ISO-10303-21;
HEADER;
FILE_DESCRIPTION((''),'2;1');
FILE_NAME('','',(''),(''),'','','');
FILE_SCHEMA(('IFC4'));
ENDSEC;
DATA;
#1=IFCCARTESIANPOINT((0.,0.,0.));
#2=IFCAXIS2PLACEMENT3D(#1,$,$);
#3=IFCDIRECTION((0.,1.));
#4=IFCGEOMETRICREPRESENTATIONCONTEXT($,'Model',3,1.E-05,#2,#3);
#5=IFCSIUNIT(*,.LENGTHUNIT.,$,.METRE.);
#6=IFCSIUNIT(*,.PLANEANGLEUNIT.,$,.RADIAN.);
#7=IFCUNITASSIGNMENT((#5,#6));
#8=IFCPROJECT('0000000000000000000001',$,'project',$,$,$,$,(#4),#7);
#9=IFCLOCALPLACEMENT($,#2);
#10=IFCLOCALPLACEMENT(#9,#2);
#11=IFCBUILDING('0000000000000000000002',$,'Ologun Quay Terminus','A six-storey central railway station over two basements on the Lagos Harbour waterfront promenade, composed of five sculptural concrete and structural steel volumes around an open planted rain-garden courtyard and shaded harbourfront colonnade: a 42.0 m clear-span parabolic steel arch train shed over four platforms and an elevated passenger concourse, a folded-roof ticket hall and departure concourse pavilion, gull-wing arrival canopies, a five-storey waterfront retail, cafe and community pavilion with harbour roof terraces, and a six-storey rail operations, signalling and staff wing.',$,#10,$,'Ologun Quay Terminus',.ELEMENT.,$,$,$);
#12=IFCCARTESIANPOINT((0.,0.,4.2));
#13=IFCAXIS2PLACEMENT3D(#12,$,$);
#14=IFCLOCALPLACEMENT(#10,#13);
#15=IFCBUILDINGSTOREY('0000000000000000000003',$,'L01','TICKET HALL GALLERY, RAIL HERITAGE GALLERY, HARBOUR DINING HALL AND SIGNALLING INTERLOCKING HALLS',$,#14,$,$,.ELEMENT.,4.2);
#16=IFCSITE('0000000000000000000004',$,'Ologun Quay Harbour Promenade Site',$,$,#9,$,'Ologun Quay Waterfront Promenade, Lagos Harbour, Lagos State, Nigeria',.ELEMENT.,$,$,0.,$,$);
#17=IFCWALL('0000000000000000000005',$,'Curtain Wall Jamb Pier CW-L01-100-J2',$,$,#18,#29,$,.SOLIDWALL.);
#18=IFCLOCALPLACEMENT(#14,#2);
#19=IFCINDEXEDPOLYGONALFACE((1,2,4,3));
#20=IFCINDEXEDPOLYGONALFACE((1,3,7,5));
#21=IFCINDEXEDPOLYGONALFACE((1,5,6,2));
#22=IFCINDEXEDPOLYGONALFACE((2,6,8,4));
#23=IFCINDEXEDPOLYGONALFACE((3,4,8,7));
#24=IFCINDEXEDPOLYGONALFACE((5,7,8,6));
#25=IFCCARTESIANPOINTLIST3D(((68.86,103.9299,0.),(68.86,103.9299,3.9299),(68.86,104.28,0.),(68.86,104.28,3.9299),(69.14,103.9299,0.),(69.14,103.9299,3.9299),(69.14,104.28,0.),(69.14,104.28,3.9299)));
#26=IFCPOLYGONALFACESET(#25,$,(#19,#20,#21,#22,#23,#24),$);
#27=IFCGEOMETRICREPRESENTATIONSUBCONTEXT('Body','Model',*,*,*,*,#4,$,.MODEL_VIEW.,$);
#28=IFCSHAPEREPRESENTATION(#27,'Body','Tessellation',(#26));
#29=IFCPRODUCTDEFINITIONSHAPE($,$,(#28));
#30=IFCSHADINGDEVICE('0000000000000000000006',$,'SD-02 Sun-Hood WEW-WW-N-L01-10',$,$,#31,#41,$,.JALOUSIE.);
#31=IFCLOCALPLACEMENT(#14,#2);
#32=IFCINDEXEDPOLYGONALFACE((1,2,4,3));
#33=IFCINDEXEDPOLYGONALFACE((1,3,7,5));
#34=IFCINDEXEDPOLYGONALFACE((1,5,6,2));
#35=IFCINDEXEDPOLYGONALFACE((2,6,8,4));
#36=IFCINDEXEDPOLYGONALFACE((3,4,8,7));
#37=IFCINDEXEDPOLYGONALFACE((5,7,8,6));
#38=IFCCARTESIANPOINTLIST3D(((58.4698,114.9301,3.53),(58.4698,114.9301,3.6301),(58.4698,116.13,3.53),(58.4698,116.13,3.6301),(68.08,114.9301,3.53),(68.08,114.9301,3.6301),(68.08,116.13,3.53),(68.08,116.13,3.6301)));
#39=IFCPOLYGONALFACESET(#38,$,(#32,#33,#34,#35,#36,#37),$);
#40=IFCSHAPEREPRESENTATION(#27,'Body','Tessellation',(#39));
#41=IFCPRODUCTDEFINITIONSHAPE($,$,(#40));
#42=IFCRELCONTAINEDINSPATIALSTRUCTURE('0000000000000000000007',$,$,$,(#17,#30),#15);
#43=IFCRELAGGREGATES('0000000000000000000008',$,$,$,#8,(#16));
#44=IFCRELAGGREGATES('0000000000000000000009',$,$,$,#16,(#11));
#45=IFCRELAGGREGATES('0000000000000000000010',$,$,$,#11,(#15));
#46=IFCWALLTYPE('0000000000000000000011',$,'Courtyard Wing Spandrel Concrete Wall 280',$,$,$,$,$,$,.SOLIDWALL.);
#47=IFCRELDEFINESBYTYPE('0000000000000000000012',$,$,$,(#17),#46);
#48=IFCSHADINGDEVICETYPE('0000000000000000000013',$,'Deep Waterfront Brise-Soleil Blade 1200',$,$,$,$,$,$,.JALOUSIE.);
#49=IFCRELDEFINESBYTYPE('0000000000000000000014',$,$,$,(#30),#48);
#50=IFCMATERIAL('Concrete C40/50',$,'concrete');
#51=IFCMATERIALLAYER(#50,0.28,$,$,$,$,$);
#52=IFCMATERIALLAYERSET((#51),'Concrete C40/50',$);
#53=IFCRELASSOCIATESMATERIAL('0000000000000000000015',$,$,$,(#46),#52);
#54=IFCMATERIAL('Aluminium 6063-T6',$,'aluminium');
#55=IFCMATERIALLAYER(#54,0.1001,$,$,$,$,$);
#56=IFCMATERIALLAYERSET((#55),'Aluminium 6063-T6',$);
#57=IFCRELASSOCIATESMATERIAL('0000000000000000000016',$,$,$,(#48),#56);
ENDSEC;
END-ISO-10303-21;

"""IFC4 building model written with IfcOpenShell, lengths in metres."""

from ifc_helpers import new_model, si_unit, direction, frame, frame_2d, origin, origin_2d, place, context, subcontext, project, spatial, rectangle, extrude, material, layer, layer_set, type_object, element, save


model = new_model("IFC4")

# Units and contexts
model_context = context("Model", 3, precision=1e-05, world=origin(), true_north=direction((0.0, 1.0)))
body_context = subcontext(model_context, "Body", "Model", "MODEL_VIEW")
ifc_project = project(units=[si_unit("LENGTHUNIT", "METRE"), si_unit("PLANEANGLEUNIT", "RADIAN")], contexts=[model_context])

# Site, building, storey
site_placement = place(None, origin())
site = spatial("IfcSite", under=ifc_project, at=site_placement, Name="Ologun Quay Harbour Promenade Site", LongName="Ologun Quay Waterfront Promenade, Lagos Harbour, Lagos State, Nigeria", CompositionType="ELEMENT", RefElevation=0.0)
building_placement = place(site_placement, origin())
building = spatial("IfcBuilding", under=site, at=building_placement, Name="Ologun Quay Terminus", Description="A six-storey central railway station over two basements on the Lagos Harbour waterfront promenade, composed of five sculptural concrete and structural steel volumes around an open planted rain-garden courtyard and shaded harbourfront colonnade: a 42.0 m clear-span parabolic steel arch train shed over four platforms and an elevated passenger concourse, a folded-roof ticket hall and departure concourse pavilion, gull-wing arrival canopies, a five-storey waterfront retail, cafe and community pavilion with harbour roof terraces, and a six-storey rail operations, signalling and staff wing.", LongName="Ologun Quay Terminus", CompositionType="ELEMENT")
storey_placement = place(building_placement, frame((0.0, 0.0, 4.2)))
storey = spatial("IfcBuildingStorey", under=building, at=storey_placement, Name="L01", Description="TICKET HALL GALLERY, RAIL HERITAGE GALLERY, HARBOUR DINING HALL AND SIGNALLING INTERLOCKING HALLS", CompositionType="ELEMENT", Elevation=4.2)

# Wall
ifc_material_1 = material(Name="Concrete C40/50", Category="concrete")
ifc_layer_1 = layer(ifc_material_1, 0.28)
ifc_layer_set_1 = layer_set([ifc_layer_1], Name="Concrete C40/50")
wall_type = type_object("IfcWallType", Name="Courtyard Wing Spandrel Concrete Wall 280", PredefinedType="SOLIDWALL", material=ifc_layer_set_1)
wall_1_placement = place(storey_placement, frame((69.0, 103.9299, 0.0), z_axis=(0.0, 0.0, 1.0), x_axis=(0.0, 1.0, 0.0)))
element("IfcWall", 1, at=wall_1_placement, inside=storey, type_object=wall_type, Name="Curtain Wall Jamb Pier CW-L01-100-J2", PredefinedType="SOLIDWALL", context=body_context, shape_type="SweptSolid", body=[
    extrude(rectangle(XDim=0.3501, YDim=0.28, at=frame_2d((0.175, 0.0))), origin(), (0.0, 0.0, 1.0), 3.9299),
])

# Shading device
ifc_material_2 = material(Name="Aluminium 6063-T6", Category="aluminium")
ifc_layer_2 = layer(ifc_material_2, 0.1001)
ifc_layer_set_2 = layer_set([ifc_layer_2], Name="Aluminium 6063-T6")
shading_device_type = type_object("IfcShadingDeviceType", Name="Deep Waterfront Brise-Soleil Blade 1200", PredefinedType="JALOUSIE", material=ifc_layer_set_2)
shading_device_placement = place(storey_placement, frame((63.2749, 115.53, 3.53), z_axis=(0.0, 0.0, 1.0), x_axis=(1.0, 0.0, 0.0)))
element("IfcShadingDevice", 2, at=shading_device_placement, inside=storey, type_object=shading_device_type, Name="SD-02 Sun-Hood WEW-WW-N-L01-10", PredefinedType="JALOUSIE", context=body_context, shape_type="SweptSolid", body=[
    extrude(rectangle(XDim=9.6101, YDim=1.2, at=origin_2d()), origin(), (0.0, 0.0, 1.0), 0.1001),
])

save(model, "model.ifc")
